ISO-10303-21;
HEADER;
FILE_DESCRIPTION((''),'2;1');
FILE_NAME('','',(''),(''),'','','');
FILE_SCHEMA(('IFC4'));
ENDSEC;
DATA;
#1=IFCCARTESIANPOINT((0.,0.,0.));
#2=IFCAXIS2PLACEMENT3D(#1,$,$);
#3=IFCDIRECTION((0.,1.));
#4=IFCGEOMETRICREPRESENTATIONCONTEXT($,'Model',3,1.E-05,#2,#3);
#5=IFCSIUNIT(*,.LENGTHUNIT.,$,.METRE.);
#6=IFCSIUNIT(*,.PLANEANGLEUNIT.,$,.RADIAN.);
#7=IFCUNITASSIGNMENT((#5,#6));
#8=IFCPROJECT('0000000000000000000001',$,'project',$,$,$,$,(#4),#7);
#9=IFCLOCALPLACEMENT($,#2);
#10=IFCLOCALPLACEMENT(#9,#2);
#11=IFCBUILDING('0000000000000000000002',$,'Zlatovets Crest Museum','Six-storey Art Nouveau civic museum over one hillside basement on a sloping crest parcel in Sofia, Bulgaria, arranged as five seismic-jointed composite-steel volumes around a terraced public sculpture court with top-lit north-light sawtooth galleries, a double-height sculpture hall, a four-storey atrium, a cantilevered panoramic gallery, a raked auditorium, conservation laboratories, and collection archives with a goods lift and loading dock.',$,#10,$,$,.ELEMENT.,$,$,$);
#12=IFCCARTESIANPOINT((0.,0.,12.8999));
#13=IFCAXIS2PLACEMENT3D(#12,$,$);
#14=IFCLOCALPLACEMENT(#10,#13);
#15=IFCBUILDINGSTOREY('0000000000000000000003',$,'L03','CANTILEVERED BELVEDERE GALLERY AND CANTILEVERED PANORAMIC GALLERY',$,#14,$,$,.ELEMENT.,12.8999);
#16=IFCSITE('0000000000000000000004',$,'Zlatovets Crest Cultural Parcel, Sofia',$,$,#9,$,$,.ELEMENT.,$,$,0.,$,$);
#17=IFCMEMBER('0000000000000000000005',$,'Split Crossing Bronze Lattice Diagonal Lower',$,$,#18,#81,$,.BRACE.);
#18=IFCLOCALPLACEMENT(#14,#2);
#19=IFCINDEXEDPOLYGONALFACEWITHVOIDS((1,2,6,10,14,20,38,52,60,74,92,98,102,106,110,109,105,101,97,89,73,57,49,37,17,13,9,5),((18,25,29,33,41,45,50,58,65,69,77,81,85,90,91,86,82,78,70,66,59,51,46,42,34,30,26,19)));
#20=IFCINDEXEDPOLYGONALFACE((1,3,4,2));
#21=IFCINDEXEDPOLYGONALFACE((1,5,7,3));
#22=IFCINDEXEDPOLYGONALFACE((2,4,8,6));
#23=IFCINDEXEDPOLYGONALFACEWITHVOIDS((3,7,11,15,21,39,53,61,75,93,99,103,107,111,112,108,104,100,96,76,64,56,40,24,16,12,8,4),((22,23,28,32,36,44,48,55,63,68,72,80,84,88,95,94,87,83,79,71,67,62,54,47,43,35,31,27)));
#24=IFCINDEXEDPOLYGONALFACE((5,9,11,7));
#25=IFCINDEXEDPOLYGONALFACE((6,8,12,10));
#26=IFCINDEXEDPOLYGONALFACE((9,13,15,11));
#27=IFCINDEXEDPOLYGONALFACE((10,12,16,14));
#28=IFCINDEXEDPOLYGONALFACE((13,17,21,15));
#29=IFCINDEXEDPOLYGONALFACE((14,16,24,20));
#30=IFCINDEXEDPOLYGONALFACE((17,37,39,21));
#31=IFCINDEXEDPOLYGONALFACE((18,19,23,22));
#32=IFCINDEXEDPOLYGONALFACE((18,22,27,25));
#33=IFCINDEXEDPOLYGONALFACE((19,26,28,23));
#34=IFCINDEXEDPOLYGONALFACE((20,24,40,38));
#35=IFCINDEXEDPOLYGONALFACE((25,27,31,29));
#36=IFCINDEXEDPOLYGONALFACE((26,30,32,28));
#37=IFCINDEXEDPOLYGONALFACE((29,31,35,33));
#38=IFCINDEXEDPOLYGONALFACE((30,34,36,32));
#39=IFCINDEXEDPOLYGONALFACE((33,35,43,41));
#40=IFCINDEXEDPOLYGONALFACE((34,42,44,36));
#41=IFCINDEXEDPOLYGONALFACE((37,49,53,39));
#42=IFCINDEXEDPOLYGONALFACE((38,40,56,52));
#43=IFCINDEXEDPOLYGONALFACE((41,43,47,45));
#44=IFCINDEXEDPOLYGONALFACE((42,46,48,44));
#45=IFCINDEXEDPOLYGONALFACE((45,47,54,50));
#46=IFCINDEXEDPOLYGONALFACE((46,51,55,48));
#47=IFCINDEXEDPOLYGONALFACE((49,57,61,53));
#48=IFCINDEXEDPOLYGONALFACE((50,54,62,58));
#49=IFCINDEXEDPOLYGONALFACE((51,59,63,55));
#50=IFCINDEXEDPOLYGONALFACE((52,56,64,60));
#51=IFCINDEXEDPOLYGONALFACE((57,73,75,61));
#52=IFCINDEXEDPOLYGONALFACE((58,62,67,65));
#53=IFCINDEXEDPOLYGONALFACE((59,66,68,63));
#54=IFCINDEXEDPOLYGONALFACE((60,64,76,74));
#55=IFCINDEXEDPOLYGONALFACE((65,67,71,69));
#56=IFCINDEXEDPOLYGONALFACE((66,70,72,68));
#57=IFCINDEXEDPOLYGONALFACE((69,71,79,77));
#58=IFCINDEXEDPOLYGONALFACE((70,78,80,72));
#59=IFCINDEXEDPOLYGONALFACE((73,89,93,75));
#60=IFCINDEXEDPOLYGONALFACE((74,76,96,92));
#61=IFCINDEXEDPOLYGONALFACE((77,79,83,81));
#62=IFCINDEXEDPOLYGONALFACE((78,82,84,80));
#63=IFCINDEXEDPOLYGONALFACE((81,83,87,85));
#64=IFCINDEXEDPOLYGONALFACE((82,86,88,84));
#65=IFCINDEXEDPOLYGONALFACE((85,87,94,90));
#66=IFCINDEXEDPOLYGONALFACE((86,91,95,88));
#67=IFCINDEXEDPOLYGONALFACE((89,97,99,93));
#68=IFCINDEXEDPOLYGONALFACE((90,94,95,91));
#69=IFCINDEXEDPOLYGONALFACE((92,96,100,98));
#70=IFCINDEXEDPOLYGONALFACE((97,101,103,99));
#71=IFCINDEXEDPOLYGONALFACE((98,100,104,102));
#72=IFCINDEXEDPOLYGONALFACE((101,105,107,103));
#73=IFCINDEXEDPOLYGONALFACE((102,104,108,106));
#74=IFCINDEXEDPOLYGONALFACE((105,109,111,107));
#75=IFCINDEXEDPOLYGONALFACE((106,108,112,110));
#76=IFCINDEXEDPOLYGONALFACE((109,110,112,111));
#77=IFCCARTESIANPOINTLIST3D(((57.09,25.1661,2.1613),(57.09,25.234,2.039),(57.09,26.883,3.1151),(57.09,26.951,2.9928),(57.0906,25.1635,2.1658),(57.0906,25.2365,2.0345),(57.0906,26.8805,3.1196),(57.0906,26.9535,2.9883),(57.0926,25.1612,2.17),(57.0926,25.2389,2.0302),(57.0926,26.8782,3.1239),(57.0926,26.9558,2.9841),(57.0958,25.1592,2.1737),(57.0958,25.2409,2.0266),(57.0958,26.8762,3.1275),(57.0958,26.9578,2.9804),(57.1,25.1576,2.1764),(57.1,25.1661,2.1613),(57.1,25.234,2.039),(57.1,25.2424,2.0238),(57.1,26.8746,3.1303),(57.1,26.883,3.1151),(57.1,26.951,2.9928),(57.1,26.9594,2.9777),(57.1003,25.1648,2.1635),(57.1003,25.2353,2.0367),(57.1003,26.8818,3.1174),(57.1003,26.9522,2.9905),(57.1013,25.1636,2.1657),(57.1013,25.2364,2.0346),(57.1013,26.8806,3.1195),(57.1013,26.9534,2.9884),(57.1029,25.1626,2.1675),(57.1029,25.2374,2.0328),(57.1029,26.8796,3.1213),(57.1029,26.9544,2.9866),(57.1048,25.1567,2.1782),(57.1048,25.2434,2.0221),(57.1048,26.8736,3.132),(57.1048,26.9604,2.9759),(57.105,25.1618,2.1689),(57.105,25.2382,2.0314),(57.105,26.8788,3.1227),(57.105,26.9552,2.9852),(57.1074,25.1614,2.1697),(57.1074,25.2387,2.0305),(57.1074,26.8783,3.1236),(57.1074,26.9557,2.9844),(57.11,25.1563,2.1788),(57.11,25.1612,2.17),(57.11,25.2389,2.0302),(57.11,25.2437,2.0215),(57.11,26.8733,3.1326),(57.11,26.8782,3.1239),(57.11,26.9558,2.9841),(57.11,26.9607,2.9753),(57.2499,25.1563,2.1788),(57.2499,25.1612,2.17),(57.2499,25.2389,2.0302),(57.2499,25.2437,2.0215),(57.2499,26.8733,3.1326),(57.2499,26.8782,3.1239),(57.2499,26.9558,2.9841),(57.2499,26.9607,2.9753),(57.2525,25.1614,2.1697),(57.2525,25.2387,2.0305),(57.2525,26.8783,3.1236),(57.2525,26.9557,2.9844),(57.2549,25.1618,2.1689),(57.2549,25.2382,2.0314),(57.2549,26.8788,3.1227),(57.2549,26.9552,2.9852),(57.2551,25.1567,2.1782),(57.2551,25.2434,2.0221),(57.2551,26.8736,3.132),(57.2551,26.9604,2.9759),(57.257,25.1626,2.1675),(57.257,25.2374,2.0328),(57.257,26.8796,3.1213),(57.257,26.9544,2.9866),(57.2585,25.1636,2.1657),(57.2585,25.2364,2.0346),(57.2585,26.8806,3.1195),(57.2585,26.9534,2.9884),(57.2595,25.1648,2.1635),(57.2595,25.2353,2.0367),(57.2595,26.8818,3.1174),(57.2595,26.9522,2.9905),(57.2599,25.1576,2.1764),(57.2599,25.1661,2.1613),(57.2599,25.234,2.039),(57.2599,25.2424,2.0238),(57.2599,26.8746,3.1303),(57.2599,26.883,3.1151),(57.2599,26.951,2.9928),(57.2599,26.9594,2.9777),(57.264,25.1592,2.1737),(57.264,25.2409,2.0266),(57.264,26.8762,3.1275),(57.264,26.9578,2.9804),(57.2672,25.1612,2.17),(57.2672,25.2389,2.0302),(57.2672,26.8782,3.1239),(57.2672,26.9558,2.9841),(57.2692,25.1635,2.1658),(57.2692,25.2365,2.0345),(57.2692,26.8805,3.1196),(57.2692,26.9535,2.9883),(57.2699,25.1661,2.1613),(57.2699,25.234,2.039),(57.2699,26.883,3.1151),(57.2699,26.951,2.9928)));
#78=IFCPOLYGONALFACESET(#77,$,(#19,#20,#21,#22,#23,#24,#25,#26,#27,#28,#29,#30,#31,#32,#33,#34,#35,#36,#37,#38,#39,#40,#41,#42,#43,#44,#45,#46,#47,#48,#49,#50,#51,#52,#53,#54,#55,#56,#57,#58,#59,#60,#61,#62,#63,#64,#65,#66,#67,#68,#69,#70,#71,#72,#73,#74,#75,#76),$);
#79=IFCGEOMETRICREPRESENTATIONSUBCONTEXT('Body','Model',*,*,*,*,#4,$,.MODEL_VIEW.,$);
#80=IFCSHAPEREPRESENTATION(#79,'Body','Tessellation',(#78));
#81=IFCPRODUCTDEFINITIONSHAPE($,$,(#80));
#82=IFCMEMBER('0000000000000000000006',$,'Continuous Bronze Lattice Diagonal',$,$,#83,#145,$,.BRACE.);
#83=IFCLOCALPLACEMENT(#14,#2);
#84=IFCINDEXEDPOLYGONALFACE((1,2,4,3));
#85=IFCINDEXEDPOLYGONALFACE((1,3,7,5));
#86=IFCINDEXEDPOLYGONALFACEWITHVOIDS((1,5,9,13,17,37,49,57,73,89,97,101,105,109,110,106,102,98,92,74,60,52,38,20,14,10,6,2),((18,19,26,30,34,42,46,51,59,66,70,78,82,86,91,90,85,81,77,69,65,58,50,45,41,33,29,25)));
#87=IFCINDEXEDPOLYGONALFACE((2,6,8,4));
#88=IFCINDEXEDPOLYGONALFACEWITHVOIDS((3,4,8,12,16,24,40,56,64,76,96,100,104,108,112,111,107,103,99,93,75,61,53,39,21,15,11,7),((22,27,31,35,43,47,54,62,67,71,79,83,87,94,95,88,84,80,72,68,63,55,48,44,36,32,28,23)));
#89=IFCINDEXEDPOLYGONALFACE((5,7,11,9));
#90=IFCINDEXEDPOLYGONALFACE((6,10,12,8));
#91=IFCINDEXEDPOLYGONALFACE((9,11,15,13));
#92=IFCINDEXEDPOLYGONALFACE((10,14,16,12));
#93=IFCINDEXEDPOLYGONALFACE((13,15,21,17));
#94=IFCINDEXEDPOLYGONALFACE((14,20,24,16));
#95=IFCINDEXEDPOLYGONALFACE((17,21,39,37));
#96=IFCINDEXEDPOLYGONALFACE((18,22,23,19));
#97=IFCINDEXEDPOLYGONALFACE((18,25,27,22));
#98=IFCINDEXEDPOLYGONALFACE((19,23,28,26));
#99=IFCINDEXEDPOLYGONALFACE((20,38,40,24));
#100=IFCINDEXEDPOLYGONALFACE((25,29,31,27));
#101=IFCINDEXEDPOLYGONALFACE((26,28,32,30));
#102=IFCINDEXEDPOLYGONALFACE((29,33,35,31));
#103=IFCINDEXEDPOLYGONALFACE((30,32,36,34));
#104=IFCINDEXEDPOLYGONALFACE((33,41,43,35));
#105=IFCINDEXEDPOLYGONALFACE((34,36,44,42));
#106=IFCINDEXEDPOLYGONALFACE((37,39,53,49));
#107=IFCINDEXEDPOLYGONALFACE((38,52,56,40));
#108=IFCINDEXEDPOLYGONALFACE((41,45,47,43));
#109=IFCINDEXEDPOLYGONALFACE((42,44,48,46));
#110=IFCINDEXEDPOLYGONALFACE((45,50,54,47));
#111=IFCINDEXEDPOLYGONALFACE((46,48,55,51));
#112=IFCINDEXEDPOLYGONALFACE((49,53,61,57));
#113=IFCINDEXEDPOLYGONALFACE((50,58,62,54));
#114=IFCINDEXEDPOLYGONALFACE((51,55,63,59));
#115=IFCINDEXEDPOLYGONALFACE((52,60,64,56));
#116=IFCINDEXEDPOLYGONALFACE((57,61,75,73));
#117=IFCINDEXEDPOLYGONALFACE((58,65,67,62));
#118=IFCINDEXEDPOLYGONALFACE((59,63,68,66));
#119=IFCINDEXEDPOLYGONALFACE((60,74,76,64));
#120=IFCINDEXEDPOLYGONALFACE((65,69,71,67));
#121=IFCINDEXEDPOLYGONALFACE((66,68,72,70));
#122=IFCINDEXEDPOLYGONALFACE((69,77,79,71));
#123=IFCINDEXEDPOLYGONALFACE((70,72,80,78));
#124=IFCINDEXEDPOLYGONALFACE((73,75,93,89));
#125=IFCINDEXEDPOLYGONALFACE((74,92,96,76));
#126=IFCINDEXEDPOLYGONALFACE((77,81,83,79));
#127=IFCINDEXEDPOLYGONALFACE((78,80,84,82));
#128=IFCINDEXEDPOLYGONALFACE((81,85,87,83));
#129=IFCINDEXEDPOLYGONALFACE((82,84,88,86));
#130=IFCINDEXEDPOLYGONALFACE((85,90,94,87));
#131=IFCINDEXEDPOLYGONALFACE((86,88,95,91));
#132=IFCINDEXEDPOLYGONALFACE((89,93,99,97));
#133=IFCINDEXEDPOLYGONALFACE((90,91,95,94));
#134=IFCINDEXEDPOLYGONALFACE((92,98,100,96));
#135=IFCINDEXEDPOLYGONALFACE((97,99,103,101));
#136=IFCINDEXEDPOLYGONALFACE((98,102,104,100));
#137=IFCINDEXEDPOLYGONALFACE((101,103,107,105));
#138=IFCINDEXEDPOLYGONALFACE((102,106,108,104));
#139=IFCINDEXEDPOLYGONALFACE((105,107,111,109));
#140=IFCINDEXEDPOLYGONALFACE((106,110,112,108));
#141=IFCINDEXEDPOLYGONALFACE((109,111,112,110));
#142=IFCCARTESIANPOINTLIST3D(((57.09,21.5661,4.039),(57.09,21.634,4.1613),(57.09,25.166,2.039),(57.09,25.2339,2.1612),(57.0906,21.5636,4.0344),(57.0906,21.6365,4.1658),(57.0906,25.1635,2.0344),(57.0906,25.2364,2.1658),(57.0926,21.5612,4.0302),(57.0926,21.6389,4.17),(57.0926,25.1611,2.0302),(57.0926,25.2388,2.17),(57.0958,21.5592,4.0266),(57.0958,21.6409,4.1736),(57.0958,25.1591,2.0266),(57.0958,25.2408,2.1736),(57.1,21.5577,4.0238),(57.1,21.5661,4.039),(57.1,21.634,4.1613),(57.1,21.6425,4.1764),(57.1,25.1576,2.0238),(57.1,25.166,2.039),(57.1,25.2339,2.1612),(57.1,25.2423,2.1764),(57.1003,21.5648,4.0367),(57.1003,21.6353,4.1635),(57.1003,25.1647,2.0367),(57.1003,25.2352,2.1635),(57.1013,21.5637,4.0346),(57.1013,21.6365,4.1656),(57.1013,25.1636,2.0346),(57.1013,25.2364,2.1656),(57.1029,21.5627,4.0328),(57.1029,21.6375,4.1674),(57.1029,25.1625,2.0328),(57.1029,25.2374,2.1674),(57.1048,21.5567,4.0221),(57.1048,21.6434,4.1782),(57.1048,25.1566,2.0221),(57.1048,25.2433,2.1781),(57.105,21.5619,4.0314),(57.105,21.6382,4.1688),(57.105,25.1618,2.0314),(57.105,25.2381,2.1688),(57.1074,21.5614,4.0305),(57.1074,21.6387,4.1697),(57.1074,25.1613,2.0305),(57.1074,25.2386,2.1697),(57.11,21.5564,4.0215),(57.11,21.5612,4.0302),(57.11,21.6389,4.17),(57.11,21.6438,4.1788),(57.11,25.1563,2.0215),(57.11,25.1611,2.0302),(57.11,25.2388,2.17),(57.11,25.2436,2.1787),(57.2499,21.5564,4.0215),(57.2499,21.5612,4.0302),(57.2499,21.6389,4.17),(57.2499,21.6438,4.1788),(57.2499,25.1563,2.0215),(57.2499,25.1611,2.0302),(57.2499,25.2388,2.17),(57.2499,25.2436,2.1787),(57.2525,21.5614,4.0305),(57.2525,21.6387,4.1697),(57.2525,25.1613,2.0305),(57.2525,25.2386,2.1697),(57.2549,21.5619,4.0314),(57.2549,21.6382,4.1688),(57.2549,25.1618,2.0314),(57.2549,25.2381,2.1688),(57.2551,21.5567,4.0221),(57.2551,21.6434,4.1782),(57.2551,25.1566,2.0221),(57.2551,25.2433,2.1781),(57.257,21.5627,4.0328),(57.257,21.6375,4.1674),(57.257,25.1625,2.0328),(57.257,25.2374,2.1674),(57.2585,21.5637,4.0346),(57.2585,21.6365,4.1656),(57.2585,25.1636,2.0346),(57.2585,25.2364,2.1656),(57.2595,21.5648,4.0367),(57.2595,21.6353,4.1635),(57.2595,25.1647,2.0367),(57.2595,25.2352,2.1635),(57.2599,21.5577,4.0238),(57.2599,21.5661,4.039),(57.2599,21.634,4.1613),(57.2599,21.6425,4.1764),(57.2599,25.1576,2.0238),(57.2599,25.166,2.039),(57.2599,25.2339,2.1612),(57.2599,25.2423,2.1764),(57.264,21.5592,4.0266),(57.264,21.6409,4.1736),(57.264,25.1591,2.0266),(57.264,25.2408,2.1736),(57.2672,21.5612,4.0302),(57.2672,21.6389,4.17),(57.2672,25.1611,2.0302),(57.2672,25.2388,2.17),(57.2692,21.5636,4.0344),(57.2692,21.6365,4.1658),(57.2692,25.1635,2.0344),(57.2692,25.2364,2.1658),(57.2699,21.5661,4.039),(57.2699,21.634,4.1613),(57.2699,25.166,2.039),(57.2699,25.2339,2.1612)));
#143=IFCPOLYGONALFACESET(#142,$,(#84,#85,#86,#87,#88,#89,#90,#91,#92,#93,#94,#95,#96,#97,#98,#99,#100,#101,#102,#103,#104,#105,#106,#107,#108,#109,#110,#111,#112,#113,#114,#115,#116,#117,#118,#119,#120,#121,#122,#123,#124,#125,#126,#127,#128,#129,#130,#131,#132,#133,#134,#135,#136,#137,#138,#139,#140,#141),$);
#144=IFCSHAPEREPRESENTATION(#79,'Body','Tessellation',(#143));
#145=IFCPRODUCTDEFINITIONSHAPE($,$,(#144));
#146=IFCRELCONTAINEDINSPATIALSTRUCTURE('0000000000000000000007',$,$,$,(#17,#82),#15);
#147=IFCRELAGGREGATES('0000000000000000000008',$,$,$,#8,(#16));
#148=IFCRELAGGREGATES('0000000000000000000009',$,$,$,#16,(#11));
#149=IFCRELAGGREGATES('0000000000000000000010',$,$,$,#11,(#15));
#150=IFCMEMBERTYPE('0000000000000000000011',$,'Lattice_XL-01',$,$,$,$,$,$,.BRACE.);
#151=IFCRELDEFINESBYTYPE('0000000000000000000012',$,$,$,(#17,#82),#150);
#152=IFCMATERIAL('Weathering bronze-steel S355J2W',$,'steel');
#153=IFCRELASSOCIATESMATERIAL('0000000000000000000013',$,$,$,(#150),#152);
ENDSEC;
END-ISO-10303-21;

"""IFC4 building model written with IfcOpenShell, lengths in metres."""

from ifc_helpers import new_model, si_unit, direction, frame, origin, origin_2d, place, context, subcontext, project, spatial, hollow_rectangle, extrude, material, material_profile, profile_set, type_object, element, save


model = new_model("IFC4")

# Units and contexts
model_context = context("Model", 3, precision=1e-05, world=origin(), true_north=direction((0.0, 1.0)))
body_context = subcontext(model_context, "Body", "Model", "MODEL_VIEW")
ifc_project = project(units=[si_unit("LENGTHUNIT", "METRE"), si_unit("PLANEANGLEUNIT", "RADIAN")], contexts=[model_context])

# Site, building, storey
site_placement = place(None, origin())
site = spatial("IfcSite", under=ifc_project, at=site_placement, Name="Zlatovets Crest Cultural Parcel, Sofia", CompositionType="ELEMENT", RefElevation=0.0)
building_placement = place(site_placement, origin())
building = spatial("IfcBuilding", under=site, at=building_placement, Name="Zlatovets Crest Museum", Description="Six-storey Art Nouveau civic museum over one hillside basement on a sloping crest parcel in Sofia, Bulgaria, arranged as five seismic-jointed composite-steel volumes around a terraced public sculpture court with top-lit north-light sawtooth galleries, a double-height sculpture hall, a four-storey atrium, a cantilevered panoramic gallery, a raked auditorium, conservation laboratories, and collection archives with a goods lift and loading dock.", CompositionType="ELEMENT")
storey_placement = place(building_placement, frame((0.0, 0.0, 12.8999)))
storey = spatial("IfcBuildingStorey", under=building, at=storey_placement, Name="L03", Description="CANTILEVERED BELVEDERE GALLERY AND CANTILEVERED PANORAMIC GALLERY", CompositionType="ELEMENT", Elevation=12.8999)

# Members
ifc_material_1 = material(Name="Weathering bronze-steel S355J2W", Category="steel")
ifc_material_profile_1 = material_profile(ifc_material_1, hollow_rectangle(XDim=0.1799, YDim=0.1799, WallThickness=0.01, InnerFilletRadius=0.01, OuterFilletRadius=0.02, at=origin_2d()), Name="SHS 180x180x10.0")
ifc_profile_set_1 = profile_set([ifc_material_profile_1], Name="Weathering bronze-steel S355J2W")
member_type_1 = type_object("IfcMemberType", Name="Lattice_XL-01", PredefinedType="BRACE", material=ifc_profile_set_1)
for number, where, z_axis, x_axis, name in (
    (1, (57.1799, 26.917, 3.054), (0.0, -0.874169, -0.485622), (1.0, 0.0, 0.0), "Split Crossing Bronze Lattice Diagonal Lower"),
):
    element("IfcMember", number, at=place(storey_placement, frame(where, z_axis=z_axis, x_axis=x_axis)), inside=storey, type_object=member_type_1, Name=name, PredefinedType="BRACE", context=body_context, shape_type="SweptSolid", body=[
        extrude(hollow_rectangle(XDim=0.1799, YDim=0.1799, WallThickness=0.01, InnerFilletRadius=0.01, OuterFilletRadius=0.02, at=origin_2d()), origin(), (0.0, 0.0, 1.0), 1.9641),
    ])
member_1_placement = place(storey_placement, frame((57.1799, 25.2, 2.1001), z_axis=(0.0, -0.874149, 0.485658), x_axis=(1.0, 0.0, 0.0)))
element("IfcMember", 2, at=member_1_placement, inside=storey, type_object=member_type_1, Name="Continuous Bronze Lattice Diagonal", PredefinedType="BRACE", context=body_context, shape_type="SweptSolid", body=[
    extrude(hollow_rectangle(XDim=0.1799, YDim=0.1799, WallThickness=0.01, InnerFilletRadius=0.01, OuterFilletRadius=0.02, at=origin_2d()), origin(), (0.0, 0.0, 1.0), 4.1182),
])

save(model, "model.ifc")
